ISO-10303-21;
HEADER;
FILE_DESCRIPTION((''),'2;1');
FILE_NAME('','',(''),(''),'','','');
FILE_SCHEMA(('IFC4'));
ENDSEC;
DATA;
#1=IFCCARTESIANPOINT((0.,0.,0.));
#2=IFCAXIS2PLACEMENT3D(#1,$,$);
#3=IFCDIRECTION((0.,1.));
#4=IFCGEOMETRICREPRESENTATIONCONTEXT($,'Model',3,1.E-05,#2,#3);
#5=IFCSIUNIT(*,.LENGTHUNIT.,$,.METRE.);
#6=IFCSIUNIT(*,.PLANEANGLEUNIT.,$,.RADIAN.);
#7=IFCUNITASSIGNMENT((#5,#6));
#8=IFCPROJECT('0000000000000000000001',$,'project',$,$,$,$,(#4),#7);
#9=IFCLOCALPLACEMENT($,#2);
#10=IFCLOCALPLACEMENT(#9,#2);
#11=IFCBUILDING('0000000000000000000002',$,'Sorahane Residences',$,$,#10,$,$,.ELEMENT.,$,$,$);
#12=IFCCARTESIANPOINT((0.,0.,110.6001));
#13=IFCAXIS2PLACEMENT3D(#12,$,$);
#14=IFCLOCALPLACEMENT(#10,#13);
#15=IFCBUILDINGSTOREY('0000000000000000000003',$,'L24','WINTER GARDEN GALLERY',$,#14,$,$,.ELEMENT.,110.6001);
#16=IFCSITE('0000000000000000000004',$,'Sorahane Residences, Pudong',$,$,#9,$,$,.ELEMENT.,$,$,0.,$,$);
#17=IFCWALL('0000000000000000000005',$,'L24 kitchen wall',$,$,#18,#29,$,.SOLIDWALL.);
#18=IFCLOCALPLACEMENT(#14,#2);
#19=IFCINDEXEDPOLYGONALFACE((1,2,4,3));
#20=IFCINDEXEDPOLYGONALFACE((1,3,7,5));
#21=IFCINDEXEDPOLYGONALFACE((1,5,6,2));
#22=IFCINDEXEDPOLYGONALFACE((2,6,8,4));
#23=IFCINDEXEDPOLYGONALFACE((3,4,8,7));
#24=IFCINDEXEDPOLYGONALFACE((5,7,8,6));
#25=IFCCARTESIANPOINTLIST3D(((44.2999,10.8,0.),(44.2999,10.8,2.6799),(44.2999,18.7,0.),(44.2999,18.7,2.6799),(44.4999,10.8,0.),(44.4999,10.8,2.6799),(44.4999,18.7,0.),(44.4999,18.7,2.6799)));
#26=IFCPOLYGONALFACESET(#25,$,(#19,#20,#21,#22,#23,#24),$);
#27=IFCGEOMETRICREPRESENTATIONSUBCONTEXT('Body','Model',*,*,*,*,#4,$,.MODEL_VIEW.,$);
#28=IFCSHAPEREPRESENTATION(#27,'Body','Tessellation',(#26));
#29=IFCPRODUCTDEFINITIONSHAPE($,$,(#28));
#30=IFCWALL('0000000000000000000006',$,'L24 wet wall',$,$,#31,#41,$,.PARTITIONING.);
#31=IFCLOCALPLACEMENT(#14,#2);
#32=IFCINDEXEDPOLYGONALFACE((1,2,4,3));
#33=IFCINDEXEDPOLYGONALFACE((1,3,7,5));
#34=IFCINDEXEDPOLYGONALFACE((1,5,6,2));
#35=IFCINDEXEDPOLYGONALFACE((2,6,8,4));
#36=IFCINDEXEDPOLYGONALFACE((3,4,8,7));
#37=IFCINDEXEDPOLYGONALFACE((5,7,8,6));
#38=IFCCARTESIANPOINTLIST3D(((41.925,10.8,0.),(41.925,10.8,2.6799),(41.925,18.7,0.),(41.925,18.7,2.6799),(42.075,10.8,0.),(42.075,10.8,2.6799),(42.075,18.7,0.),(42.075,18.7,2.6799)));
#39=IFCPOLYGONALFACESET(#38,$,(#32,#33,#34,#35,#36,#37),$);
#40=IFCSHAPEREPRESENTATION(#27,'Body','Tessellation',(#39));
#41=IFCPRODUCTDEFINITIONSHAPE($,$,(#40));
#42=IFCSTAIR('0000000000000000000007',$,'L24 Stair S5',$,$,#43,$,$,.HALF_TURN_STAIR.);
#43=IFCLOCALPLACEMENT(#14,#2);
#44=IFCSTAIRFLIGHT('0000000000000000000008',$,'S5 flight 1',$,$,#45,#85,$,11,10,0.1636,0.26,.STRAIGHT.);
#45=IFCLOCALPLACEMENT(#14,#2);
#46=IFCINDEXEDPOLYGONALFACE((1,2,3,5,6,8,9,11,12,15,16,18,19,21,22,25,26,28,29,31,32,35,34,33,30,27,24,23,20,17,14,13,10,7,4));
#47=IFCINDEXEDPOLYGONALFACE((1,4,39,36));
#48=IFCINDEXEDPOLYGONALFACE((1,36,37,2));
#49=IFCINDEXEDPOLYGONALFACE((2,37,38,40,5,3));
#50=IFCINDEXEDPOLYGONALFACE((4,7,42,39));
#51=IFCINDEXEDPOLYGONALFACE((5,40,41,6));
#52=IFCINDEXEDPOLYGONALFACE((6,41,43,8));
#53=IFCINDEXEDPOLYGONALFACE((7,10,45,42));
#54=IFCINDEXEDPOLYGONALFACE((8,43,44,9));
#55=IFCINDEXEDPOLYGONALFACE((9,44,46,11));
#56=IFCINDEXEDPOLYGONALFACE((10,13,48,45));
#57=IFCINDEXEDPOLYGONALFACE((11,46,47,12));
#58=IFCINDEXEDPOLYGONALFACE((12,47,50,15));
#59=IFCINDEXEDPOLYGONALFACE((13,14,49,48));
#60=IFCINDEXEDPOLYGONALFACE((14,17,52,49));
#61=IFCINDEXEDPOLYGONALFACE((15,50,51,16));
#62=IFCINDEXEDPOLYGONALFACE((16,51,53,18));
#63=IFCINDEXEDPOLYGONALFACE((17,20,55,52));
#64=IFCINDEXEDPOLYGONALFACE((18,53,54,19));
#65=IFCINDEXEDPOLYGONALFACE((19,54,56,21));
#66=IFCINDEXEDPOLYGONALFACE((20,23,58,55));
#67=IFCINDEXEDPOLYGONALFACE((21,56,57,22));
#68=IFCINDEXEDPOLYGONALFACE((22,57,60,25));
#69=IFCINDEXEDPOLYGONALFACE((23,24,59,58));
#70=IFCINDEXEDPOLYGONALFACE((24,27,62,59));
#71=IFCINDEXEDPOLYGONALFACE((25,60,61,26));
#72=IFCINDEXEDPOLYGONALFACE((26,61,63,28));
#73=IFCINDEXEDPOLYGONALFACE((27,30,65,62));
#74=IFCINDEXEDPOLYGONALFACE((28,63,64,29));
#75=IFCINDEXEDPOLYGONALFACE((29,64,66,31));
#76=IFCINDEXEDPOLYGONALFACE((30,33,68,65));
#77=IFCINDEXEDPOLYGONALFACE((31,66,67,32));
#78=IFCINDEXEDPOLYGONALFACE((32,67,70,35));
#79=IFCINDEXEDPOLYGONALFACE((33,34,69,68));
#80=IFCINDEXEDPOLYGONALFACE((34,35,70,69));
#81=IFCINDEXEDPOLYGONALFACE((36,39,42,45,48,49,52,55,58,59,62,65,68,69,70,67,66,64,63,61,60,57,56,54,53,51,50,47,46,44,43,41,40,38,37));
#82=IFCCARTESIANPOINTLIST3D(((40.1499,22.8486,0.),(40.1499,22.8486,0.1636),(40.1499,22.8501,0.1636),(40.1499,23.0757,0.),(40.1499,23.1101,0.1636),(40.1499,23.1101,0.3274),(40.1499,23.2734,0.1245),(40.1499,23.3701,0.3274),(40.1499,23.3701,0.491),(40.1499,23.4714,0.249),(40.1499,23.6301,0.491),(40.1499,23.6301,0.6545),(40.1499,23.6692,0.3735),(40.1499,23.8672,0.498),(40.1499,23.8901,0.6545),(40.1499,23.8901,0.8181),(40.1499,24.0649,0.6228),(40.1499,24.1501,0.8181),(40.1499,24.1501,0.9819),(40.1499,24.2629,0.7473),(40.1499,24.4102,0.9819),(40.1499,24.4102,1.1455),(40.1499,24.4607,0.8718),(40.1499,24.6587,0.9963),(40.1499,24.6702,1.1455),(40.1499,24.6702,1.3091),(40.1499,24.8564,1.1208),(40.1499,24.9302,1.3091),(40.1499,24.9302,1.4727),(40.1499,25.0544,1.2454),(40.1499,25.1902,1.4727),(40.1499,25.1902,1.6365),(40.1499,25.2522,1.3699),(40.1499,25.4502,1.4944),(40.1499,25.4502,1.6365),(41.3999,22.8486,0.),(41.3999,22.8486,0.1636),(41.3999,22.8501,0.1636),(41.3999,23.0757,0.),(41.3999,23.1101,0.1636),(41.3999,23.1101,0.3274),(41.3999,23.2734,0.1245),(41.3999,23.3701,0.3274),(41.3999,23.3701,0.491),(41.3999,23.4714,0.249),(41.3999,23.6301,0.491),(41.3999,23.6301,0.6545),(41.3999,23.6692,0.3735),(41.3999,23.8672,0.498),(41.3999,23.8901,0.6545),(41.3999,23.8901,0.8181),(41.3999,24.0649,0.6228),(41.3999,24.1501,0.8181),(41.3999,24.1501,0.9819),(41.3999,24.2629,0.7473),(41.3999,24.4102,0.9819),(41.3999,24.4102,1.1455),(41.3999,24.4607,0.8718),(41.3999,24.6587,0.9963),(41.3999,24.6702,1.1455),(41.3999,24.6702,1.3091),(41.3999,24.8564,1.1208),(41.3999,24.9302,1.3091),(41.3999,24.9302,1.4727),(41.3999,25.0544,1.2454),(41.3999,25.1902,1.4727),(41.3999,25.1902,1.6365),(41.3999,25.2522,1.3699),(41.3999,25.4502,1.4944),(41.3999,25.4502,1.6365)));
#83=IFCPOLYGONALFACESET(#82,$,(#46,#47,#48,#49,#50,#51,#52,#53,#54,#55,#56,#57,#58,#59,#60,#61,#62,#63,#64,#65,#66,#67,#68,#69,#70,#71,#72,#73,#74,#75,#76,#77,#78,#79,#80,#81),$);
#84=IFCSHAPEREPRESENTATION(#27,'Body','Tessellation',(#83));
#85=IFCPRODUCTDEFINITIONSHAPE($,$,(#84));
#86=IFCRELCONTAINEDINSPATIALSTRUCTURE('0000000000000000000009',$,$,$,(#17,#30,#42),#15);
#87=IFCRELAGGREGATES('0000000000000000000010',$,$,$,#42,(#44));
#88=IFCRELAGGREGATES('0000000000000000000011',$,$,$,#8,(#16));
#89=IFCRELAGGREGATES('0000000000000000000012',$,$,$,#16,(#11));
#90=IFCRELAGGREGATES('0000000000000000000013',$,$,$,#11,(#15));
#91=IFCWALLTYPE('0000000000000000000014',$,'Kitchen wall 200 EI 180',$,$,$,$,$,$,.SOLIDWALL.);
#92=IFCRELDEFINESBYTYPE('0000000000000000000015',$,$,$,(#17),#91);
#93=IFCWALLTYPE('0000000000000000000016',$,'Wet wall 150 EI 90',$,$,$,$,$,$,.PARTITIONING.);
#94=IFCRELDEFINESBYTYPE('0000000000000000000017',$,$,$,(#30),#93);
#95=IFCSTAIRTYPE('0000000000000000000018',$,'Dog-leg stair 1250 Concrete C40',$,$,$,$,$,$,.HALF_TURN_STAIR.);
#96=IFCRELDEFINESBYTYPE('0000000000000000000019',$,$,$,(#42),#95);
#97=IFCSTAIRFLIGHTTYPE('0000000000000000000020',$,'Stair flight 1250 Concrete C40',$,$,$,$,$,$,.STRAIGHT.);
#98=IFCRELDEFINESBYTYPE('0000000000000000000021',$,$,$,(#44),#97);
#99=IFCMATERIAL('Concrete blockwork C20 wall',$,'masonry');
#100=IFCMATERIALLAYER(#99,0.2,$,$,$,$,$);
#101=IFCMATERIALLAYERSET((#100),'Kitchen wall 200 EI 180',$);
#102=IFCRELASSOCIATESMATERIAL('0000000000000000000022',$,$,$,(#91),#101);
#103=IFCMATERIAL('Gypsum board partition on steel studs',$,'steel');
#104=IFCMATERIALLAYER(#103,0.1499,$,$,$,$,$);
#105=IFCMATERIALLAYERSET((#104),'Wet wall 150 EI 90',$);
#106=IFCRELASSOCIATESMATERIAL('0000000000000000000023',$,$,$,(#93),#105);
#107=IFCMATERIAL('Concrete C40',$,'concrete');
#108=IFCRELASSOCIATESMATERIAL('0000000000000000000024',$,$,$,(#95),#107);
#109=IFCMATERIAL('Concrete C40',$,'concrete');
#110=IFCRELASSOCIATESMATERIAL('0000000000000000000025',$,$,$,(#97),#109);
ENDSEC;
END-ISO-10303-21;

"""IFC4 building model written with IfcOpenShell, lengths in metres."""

from ifc_helpers import new_model, si_unit, direction, frame, frame_2d, origin, place, context, subcontext, project, spatial, polyline, rectangle, outline, extrude, material, layer, layer_set, type_object, element, aggregate, save


model = new_model("IFC4")

# Units and contexts
model_context = context("Model", 3, precision=1e-05, world=origin(), true_north=direction((0.0, 1.0)))
body_context = subcontext(model_context, "Body", "Model", "MODEL_VIEW")
ifc_project = project(units=[si_unit("LENGTHUNIT", "METRE"), si_unit("PLANEANGLEUNIT", "RADIAN")], contexts=[model_context])

# Site, building, storey
site_placement = place(None, origin())
site = spatial("IfcSite", under=ifc_project, at=site_placement, Name="Sorahane Residences, Pudong", CompositionType="ELEMENT", RefElevation=0.0)
building_placement = place(site_placement, origin())
building = spatial("IfcBuilding", under=site, at=building_placement, Name="Sorahane Residences", CompositionType="ELEMENT")
storey_placement = place(building_placement, frame((0.0, 0.0, 110.6001)))
storey = spatial("IfcBuildingStorey", under=building, at=storey_placement, Name="L24", Description="WINTER GARDEN GALLERY", CompositionType="ELEMENT", Elevation=110.6001)

# Wall
ifc_material_1 = material(Name="Concrete blockwork C20 wall", Category="masonry")
ifc_layer_1 = layer(ifc_material_1, 0.2)
ifc_layer_set_1 = layer_set([ifc_layer_1], Name="Kitchen wall 200 EI 180")
wall_type_1 = type_object("IfcWallType", Name="Kitchen wall 200 EI 180", PredefinedType="SOLIDWALL", material=ifc_layer_set_1)
wall_1_placement = place(storey_placement, frame((44.3999, 10.8, 0.0), z_axis=(0.0, 0.0, 1.0), x_axis=(0.0, 1.0, 0.0)))
element("IfcWall", 1, at=wall_1_placement, inside=storey, type_object=wall_type_1, Name="L24 kitchen wall", PredefinedType="SOLIDWALL", context=body_context, shape_type="SweptSolid", body=[
    extrude(rectangle(XDim=7.8999, YDim=0.2, at=frame_2d((3.95, 0.0))), origin(), (0.0, 0.0, 1.0), 2.6799),
])

# Wall
ifc_material_2 = material(Name="Gypsum board partition on steel studs", Category="steel")
ifc_layer_2 = layer(ifc_material_2, 0.1499)
ifc_layer_set_2 = layer_set([ifc_layer_2], Name="Wet wall 150 EI 90")
wall_type_2 = type_object("IfcWallType", Name="Wet wall 150 EI 90", PredefinedType="PARTITIONING", material=ifc_layer_set_2)
wall_2_placement = place(storey_placement, frame((42.0, 10.8, 0.0), z_axis=(0.0, 0.0, 1.0), x_axis=(0.0, 1.0, 0.0)))
element("IfcWall", 2, at=wall_2_placement, inside=storey, type_object=wall_type_2, Name="L24 wet wall", PredefinedType="PARTITIONING", context=body_context, shape_type="SweptSolid", body=[
    extrude(rectangle(XDim=7.8999, YDim=0.1499, at=frame_2d((3.95, 0.0))), origin(), (0.0, 0.0, 1.0), 2.6799),
])

# Stair, stair flight
ifc_material_3 = material(Name="Concrete C40", Category="concrete")
stair_type = type_object("IfcStairType", Name="Dog-leg stair 1250 Concrete C40", PredefinedType="HALF_TURN_STAIR", material=ifc_material_3)
stair_placement = place(storey_placement, origin())
stair = element("IfcStair", 3, at=stair_placement, inside=storey, type_object=stair_type, Name="L24 Stair S5", PredefinedType="HALF_TURN_STAIR")
ifc_material_4 = material(Name="Concrete C40", Category="concrete")
stair_flight_type = type_object("IfcStairFlightType", Name="Stair flight 1250 Concrete C40", PredefinedType="STRAIGHT", material=ifc_material_4)
stair_flight_placement = place(storey_placement, frame((40.7749, 22.8501, 0.0), z_axis=(0.0, 0.0, 1.0), x_axis=(0.0, 1.0, 0.0)))
stair_flight = element("IfcStairFlight", 4, at=stair_flight_placement, type_object=stair_flight_type, Name="S5 flight 1", NumberOfRisers=11, NumberOfTreads=10, PredefinedType="STRAIGHT", RiserHeight=0.1636, TreadLength=0.26, context=body_context, shape_type="SweptSolid", body=[
    extrude(outline(polyline([(-0.0015, 0.0), (-0.0015, 0.1636), (0.0, 0.1636), (0.26, 0.1636), (0.26, 0.3274), (0.52, 0.3274), (0.52, 0.491), (0.78, 0.491), (0.78, 0.6545), (1.04, 0.6545), (1.04, 0.8181), (1.3, 0.8181), (1.3, 0.9819), (1.5601, 0.9819), (1.5601, 1.1455), (1.8201, 1.1455), (1.8201, 1.3091), (2.0801, 1.3091), (2.0801, 1.4727), (2.3401, 1.4727), (2.3401, 1.6365), (2.6001, 1.6365), (2.6001, 1.8), (2.6001, 1.4944), (2.4021, 1.3699), (2.2043, 1.2454), (2.0063, 1.1208), (1.8086, 0.9963), (1.6106, 0.8718), (1.4128, 0.7473), (1.2148, 0.6228), (1.0171, 0.498), (0.8191, 0.3735), (0.6213, 0.249), (0.4233, 0.1245), (0.2256, 0.0), (-0.0015, 0.0)])), frame((0.0, 0.625, 0.0), z_axis=(0.0, -1.0, 0.0), x_axis=(1.0, 0.0, 0.0)), (0.0, 0.0, 1.0), 1.25),
])
aggregate(stair, [stair_flight])

save(model, "model.ifc")
